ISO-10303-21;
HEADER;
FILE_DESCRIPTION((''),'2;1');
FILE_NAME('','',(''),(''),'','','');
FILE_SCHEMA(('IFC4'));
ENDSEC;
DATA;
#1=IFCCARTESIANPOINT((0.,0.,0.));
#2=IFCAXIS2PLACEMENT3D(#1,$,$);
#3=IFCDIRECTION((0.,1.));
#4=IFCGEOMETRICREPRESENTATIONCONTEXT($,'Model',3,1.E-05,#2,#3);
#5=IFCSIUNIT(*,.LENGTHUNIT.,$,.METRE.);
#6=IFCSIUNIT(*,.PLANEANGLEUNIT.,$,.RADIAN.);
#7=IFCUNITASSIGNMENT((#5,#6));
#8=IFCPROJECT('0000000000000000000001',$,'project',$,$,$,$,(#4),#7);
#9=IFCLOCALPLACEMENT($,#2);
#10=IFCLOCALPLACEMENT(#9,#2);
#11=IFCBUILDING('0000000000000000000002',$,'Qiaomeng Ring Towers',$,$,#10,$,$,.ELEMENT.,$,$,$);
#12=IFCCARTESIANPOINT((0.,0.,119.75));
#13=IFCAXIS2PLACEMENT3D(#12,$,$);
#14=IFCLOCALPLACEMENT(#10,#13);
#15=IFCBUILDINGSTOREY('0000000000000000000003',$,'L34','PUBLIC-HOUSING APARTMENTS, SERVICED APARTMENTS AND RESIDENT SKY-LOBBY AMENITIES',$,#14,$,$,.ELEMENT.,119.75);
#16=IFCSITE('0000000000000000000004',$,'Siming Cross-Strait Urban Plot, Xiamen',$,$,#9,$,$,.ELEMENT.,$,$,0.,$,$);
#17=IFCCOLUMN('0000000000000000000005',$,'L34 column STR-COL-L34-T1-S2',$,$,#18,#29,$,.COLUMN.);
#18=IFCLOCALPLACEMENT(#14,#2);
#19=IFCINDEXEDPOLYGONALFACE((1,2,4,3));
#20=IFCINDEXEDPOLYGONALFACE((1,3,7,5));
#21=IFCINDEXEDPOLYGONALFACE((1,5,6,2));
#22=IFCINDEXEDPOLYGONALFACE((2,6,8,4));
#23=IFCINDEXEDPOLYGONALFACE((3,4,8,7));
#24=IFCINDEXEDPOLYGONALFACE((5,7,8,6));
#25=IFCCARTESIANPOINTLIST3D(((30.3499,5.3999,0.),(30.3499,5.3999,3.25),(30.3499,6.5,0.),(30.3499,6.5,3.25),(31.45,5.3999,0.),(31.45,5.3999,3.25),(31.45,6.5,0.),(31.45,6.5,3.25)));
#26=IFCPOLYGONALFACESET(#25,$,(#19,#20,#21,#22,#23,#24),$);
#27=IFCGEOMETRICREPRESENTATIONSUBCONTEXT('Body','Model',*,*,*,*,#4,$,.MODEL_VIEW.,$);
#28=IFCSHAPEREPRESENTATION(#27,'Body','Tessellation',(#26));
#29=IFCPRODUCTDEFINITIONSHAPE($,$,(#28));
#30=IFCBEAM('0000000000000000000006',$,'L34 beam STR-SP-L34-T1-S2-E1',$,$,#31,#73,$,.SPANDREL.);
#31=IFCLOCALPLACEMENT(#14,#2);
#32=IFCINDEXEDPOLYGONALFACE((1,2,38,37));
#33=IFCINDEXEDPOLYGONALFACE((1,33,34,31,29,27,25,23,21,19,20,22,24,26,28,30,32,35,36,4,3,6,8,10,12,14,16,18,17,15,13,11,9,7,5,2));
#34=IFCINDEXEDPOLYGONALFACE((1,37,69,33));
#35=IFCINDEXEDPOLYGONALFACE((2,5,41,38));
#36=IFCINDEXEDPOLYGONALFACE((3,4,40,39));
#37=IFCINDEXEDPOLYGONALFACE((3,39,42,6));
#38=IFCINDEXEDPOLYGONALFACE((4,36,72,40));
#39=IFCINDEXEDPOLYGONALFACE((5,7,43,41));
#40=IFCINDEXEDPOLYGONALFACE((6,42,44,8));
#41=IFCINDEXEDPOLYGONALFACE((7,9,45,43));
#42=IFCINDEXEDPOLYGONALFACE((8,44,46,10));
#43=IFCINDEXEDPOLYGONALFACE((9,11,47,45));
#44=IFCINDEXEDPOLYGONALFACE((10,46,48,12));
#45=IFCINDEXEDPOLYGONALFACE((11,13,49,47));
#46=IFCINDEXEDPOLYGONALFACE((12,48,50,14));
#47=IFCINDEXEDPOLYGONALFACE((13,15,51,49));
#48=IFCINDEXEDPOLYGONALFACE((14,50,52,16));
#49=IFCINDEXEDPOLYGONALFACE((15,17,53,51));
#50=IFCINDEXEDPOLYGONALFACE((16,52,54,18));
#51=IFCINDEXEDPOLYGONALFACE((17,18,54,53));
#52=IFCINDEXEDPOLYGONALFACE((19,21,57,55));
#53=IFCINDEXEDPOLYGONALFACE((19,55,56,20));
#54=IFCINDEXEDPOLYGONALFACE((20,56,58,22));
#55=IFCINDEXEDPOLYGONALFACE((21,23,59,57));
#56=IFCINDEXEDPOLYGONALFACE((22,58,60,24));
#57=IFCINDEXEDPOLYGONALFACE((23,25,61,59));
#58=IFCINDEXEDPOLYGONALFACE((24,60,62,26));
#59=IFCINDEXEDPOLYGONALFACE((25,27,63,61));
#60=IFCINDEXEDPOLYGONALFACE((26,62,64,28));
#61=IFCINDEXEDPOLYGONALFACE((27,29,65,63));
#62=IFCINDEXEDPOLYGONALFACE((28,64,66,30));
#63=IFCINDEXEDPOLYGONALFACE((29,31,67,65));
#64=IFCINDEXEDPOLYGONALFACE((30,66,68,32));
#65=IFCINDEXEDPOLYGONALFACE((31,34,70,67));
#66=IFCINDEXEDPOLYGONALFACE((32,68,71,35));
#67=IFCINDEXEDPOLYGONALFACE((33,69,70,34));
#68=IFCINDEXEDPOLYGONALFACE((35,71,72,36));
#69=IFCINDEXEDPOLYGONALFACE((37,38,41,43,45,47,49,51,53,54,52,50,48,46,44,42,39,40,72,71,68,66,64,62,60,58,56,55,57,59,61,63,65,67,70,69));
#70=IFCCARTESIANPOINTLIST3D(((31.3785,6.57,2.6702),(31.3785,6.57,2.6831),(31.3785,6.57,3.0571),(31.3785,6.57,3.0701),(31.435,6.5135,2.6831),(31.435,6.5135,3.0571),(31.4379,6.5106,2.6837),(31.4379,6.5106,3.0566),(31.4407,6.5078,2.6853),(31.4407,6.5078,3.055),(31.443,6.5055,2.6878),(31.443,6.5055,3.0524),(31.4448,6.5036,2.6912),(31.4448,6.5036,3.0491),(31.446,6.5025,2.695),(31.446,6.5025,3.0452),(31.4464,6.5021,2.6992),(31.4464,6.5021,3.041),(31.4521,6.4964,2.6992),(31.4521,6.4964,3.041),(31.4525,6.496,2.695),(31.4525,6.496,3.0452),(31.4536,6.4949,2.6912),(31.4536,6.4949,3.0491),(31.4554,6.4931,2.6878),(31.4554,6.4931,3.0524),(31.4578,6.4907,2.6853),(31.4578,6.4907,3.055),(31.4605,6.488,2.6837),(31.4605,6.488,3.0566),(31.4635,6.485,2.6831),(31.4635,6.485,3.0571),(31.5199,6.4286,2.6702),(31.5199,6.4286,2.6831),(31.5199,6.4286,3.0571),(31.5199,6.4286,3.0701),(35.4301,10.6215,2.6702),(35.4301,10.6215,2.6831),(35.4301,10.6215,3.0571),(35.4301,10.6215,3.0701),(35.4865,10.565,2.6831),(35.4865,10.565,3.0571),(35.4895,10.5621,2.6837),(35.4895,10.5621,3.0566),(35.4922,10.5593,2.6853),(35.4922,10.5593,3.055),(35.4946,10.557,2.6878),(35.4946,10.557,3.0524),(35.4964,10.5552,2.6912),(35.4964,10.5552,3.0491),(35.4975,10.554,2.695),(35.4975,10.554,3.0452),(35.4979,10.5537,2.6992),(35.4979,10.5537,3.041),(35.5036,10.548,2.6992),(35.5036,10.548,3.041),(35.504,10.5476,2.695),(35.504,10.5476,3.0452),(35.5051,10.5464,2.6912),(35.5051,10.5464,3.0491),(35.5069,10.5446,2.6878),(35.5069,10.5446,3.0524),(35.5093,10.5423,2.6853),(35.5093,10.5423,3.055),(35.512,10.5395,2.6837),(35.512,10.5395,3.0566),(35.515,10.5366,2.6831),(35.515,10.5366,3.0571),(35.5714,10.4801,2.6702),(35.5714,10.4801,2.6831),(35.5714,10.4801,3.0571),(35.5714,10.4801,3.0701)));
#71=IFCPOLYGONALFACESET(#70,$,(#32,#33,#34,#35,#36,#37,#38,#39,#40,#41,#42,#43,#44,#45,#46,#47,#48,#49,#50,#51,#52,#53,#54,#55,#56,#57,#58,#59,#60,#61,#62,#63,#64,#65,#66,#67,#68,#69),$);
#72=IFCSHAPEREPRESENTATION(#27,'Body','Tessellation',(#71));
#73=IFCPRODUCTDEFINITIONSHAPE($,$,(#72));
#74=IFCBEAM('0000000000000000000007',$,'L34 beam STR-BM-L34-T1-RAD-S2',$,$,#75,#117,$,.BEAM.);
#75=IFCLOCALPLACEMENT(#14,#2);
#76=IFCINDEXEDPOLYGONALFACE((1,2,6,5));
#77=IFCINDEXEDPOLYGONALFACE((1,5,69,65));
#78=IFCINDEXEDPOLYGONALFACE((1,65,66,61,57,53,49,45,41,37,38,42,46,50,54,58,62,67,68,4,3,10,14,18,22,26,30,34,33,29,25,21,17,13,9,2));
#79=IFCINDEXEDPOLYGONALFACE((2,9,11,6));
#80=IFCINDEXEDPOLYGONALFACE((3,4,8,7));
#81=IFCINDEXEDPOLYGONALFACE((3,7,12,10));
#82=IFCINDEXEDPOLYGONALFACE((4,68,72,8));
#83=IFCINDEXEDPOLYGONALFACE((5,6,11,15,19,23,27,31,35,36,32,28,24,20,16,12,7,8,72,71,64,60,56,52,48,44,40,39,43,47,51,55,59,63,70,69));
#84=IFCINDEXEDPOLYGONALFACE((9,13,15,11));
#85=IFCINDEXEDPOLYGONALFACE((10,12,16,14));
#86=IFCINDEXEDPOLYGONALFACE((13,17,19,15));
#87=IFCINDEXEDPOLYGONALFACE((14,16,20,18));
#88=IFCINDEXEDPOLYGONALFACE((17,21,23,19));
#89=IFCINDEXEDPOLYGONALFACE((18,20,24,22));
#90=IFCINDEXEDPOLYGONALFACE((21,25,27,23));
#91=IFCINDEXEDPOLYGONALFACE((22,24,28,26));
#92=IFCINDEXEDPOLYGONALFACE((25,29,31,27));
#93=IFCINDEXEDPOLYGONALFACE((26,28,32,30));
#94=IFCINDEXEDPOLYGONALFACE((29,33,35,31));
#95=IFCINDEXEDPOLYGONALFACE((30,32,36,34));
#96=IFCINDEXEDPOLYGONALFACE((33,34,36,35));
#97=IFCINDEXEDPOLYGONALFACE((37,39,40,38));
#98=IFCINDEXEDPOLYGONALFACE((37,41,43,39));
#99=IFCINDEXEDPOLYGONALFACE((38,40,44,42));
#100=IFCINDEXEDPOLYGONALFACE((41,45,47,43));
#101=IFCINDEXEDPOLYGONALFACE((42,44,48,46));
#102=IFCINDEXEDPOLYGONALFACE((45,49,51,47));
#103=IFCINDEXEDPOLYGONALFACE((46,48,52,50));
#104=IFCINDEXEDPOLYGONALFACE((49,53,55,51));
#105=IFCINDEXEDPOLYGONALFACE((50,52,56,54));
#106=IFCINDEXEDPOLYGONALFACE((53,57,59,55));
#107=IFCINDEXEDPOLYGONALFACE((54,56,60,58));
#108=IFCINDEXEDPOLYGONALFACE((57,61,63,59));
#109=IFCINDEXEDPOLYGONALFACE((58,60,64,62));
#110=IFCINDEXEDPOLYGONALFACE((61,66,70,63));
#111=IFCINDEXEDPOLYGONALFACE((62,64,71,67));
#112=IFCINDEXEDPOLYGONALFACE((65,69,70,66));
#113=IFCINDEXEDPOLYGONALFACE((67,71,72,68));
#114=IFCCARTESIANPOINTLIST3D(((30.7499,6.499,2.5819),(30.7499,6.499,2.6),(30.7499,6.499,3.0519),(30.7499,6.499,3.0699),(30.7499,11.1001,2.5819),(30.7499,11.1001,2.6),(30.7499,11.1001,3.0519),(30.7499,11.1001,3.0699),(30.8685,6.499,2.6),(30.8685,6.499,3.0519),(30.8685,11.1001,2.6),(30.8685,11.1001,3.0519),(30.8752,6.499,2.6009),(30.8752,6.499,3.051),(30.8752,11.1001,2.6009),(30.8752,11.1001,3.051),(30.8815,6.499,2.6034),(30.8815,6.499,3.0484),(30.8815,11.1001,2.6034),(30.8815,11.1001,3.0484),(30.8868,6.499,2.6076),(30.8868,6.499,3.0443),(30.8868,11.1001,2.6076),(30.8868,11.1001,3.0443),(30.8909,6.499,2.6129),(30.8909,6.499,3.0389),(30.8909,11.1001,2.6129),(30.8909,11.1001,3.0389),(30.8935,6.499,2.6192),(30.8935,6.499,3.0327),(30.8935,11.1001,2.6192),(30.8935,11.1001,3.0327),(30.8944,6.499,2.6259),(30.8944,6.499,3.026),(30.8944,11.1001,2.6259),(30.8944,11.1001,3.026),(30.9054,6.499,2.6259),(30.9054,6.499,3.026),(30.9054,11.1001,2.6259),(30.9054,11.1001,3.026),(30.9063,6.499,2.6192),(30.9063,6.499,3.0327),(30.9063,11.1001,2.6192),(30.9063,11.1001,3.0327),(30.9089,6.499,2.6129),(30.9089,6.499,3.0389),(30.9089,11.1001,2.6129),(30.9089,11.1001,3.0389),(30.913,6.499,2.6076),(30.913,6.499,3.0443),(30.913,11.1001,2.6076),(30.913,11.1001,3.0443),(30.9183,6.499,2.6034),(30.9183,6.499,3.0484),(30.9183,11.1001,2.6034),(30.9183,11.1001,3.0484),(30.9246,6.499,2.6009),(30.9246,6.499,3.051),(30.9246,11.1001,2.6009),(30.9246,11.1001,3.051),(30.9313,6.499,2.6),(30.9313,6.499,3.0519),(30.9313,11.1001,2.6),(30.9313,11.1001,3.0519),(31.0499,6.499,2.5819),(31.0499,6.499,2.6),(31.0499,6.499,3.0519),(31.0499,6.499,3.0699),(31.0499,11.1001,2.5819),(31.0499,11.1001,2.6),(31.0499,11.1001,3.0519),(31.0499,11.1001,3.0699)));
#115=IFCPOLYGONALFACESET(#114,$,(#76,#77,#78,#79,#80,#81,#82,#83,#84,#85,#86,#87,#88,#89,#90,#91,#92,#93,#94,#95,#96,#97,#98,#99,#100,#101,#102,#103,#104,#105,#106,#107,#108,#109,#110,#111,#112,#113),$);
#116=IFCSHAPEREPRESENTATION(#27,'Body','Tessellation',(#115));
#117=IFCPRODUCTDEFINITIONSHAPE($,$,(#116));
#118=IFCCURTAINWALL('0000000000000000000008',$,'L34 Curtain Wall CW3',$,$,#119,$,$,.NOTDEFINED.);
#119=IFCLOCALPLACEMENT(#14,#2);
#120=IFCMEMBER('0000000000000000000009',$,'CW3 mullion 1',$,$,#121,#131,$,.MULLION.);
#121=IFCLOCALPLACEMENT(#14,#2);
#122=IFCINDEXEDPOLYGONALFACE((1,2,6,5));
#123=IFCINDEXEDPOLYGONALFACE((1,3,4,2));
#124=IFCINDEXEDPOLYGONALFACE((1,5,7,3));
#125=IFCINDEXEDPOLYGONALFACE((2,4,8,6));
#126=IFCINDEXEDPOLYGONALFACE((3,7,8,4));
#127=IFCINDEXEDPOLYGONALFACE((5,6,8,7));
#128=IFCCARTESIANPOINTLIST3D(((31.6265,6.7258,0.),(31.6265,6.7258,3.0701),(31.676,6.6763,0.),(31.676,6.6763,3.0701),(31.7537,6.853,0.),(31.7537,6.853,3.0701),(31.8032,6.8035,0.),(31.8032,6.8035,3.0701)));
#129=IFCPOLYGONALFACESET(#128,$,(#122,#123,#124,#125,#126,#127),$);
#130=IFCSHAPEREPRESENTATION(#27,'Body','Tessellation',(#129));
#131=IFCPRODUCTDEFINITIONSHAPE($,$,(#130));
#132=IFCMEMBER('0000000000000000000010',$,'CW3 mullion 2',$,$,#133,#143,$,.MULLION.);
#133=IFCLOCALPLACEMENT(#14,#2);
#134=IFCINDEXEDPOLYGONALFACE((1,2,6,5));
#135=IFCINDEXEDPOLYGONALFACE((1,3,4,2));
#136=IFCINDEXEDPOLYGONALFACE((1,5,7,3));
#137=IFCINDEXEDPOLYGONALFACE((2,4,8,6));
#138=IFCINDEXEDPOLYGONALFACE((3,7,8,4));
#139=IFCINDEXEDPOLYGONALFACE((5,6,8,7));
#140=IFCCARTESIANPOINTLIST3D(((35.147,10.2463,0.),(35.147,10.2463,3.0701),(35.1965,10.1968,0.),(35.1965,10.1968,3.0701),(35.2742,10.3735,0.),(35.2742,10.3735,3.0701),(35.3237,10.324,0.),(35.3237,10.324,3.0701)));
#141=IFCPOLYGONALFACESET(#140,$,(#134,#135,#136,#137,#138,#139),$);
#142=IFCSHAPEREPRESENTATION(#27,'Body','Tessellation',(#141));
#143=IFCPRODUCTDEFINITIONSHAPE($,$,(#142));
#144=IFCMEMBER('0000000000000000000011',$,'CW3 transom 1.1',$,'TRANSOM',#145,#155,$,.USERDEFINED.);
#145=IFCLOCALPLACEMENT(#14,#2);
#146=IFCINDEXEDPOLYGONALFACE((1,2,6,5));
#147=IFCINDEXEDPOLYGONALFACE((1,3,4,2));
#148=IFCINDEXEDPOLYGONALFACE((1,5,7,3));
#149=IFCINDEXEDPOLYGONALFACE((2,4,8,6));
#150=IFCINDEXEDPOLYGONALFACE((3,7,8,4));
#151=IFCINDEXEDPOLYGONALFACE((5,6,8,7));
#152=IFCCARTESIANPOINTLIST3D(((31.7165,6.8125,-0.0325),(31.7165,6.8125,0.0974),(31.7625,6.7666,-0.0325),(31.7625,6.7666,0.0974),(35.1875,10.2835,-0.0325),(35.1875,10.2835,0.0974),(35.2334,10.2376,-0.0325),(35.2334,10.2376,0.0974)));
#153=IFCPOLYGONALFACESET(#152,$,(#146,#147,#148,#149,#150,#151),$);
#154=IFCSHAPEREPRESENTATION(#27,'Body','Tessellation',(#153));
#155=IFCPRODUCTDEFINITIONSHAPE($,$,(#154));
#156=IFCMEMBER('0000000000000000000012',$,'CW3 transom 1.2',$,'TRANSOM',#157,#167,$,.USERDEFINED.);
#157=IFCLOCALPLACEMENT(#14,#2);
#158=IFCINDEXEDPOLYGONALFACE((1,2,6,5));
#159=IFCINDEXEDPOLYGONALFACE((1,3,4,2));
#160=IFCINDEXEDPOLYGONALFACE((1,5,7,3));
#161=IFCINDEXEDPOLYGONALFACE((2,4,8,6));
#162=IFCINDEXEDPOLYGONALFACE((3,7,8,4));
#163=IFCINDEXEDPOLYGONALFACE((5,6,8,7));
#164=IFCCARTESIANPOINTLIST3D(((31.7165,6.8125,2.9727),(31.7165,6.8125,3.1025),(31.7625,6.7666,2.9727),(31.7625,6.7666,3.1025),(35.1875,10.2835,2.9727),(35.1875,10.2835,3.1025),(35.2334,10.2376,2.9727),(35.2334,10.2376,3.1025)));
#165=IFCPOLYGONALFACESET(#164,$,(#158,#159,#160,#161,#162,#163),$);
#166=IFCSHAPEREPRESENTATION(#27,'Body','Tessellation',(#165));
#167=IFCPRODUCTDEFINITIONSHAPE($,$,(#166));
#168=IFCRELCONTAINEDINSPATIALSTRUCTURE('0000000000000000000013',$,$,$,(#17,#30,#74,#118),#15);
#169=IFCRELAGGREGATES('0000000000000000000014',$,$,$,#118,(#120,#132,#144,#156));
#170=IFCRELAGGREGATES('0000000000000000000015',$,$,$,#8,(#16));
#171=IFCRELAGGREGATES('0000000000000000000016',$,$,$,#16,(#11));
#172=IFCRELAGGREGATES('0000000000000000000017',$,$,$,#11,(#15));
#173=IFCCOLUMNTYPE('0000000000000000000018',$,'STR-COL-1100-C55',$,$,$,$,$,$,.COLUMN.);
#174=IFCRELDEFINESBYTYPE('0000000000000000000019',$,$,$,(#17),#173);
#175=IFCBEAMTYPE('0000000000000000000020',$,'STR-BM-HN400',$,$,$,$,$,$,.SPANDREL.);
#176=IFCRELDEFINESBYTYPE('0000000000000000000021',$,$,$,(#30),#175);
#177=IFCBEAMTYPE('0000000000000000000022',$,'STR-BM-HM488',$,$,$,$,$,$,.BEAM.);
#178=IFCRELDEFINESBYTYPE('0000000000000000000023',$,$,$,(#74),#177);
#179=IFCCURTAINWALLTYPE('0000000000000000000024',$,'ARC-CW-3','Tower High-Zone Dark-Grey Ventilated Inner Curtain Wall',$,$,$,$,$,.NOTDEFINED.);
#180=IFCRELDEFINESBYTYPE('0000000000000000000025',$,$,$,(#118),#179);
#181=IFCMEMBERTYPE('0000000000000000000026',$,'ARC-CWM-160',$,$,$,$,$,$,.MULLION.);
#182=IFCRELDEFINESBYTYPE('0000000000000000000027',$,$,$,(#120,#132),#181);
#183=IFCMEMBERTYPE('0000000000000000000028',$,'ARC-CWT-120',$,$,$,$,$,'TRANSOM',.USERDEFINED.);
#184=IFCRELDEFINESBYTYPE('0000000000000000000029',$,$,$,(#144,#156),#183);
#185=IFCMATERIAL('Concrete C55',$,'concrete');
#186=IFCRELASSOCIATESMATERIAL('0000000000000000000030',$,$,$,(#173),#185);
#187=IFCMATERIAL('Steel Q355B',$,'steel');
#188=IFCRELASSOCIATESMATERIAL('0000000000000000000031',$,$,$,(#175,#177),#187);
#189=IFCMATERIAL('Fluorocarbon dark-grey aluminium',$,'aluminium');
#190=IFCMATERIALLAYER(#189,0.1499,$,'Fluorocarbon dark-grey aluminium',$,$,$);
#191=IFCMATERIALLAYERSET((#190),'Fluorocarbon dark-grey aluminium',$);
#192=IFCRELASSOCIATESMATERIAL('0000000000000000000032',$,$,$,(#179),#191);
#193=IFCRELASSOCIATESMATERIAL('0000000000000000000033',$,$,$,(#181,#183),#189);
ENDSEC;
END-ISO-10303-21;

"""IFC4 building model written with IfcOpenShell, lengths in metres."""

from ifc_helpers import new_model, si_unit, direction, frame, origin, origin_2d, place, context, subcontext, project, spatial, rectangle, i_section, extrude, source, transform, mapped, material, layer, layer_set, material_profile, profile_set, type_object, element, aggregate, save


model = new_model("IFC4")

# Units and contexts
model_context = context("Model", 3, precision=1e-05, world=origin(), true_north=direction((0.0, 1.0)))
body_context = subcontext(model_context, "Body", "Model", "MODEL_VIEW")
ifc_project = project(units=[si_unit("LENGTHUNIT", "METRE"), si_unit("PLANEANGLEUNIT", "RADIAN")], contexts=[model_context])

# Site, building, storey
site_placement = place(None, origin())
site = spatial("IfcSite", under=ifc_project, at=site_placement, Name="Siming Cross-Strait Urban Plot, Xiamen", CompositionType="ELEMENT", RefElevation=0.0)
building_placement = place(site_placement, origin())
building = spatial("IfcBuilding", under=site, at=building_placement, Name="Qiaomeng Ring Towers", CompositionType="ELEMENT")
storey_placement = place(building_placement, frame((0.0, 0.0, 119.75)))
storey = spatial("IfcBuildingStorey", under=building, at=storey_placement, Name="L34", Description="PUBLIC-HOUSING APARTMENTS, SERVICED APARTMENTS AND RESIDENT SKY-LOBBY AMENITIES", CompositionType="ELEMENT", Elevation=119.75)

# Column
ifc_material_1 = material(Name="Concrete C55", Category="concrete")
ifc_material_profile_1 = material_profile(ifc_material_1, rectangle(XDim=1.1001, YDim=1.1001, at=origin_2d()), Name="RC COL 1100x1100")
ifc_profile_set_1 = profile_set([ifc_material_profile_1], Name="Concrete C55")
column_type = type_object("IfcColumnType", Name="STR-COL-1100-C55", PredefinedType="COLUMN", material=ifc_profile_set_1)
shared_shape_1 = source(origin(), body_context, "Body", "SweptSolid", [
    extrude(rectangle(XDim=1.1001, YDim=1.1001, at=origin_2d()), origin(), (0.0, 0.0, 1.0), 3.25),
])
column_placement = place(storey_placement, frame((30.8999, 5.95, 0.0), z_axis=(0.0, 0.0, 1.0), x_axis=(1.0, 0.0, 0.0)))
element("IfcColumn", 1, at=column_placement, inside=storey, type_object=column_type, Name="L34 column STR-COL-L34-T1-S2", PredefinedType="COLUMN", context=body_context, shape_type="MappedRepresentation", body=[
    mapped(shared_shape_1, transform((0.0, 0.0, 0.0), x_axis=(1.0, 0.0, 0.0), y_axis=(0.0, 1.0, 0.0), z_axis=(0.0, 0.0, 1.0), scale=1.0)),
])

# Beams
ifc_material_2 = material(Name="Steel Q355B", Category="steel")
ifc_material_profile_2 = material_profile(ifc_material_2, i_section(OverallWidth=0.2, OverallDepth=0.3999, WebThickness=0.0081, FlangeThickness=0.0129, FilletRadius=0.0161, at=origin_2d()), Name="HN 400x200x8x13")
ifc_profile_set_2 = profile_set([ifc_material_profile_2], Name="Steel Q355B")
beam_type_1 = type_object("IfcBeamType", Name="STR-BM-HN400", PredefinedType="SPANDREL", material=ifc_profile_set_2)
shared_shape_2 = source(origin(), body_context, "Body", "SweptSolid", [
    extrude(i_section(OverallWidth=0.2, OverallDepth=0.3999, WebThickness=0.0081, FlangeThickness=0.0129, FilletRadius=0.0161, at=origin_2d()), origin(), (0.0, 0.0, 1.0), 5.7297),
])
beam_1_placement = place(storey_placement, frame((31.4492, 6.4993, 2.8701), z_axis=(0.707107, 0.707107, 0.0), x_axis=(-0.707107, 0.707107, 0.0)))
element("IfcBeam", 2, at=beam_1_placement, inside=storey, type_object=beam_type_1, Name="L34 beam STR-SP-L34-T1-S2-E1", PredefinedType="SPANDREL", context=body_context, shape_type="MappedRepresentation", body=[
    mapped(shared_shape_2, transform((0.0, 0.0, 0.0), x_axis=(1.0, 0.0, 0.0), y_axis=(0.0, 1.0, 0.0), z_axis=(0.0, 0.0, 1.0), scale=1.0)),
])
ifc_material_profile_3 = material_profile(ifc_material_2, i_section(OverallWidth=0.3, OverallDepth=0.488, WebThickness=0.011, FlangeThickness=0.0181, FilletRadius=0.0259, at=origin_2d()), Name="HM 488x300x11x18")
ifc_profile_set_3 = profile_set([ifc_material_profile_3], Name="Steel Q355B")
beam_type_2 = type_object("IfcBeamType", Name="STR-BM-HM488", PredefinedType="BEAM", material=ifc_profile_set_3)
shared_shape_3 = source(origin(), body_context, "Body", "SweptSolid", [
    extrude(i_section(OverallWidth=0.3, OverallDepth=0.488, WebThickness=0.011, FlangeThickness=0.0181, FilletRadius=0.0259, at=origin_2d()), origin(), (0.0, 0.0, 1.0), 4.6011),
])
beam_2_placement = place(storey_placement, frame((30.8999, 6.499, 2.8259), z_axis=(0.0, 1.0, 0.0), x_axis=(-1.0, 0.0, 0.0)))
element("IfcBeam", 3, at=beam_2_placement, inside=storey, type_object=beam_type_2, Name="L34 beam STR-BM-L34-T1-RAD-S2", PredefinedType="BEAM", context=body_context, shape_type="MappedRepresentation", body=[
    mapped(shared_shape_3, transform((0.0, 0.0, 0.0), x_axis=(1.0, 0.0, 0.0), y_axis=(0.0, 1.0, 0.0), z_axis=(0.0, 0.0, 1.0), scale=1.0)),
])

# Curtain wall, members
ifc_material_3 = material(Name="Fluorocarbon dark-grey aluminium", Category="aluminium")
ifc_layer_1 = layer(ifc_material_3, 0.1499, Name="Fluorocarbon dark-grey aluminium")
ifc_layer_set_1 = layer_set([ifc_layer_1], Name="Fluorocarbon dark-grey aluminium")
curtain_wall_type = type_object("IfcCurtainWallType", Name="ARC-CW-3", Description="Tower High-Zone Dark-Grey Ventilated Inner Curtain Wall", PredefinedType="NOTDEFINED", material=ifc_layer_set_1)
curtain_wall_placement = place(storey_placement, origin())
curtain_wall = element("IfcCurtainWall", 4, at=curtain_wall_placement, inside=storey, type_object=curtain_wall_type, Name="L34 Curtain Wall CW3", PredefinedType="NOTDEFINED")
ifc_material_profile_4 = material_profile(ifc_material_3, rectangle(XDim=0.0701, YDim=0.1799, at=origin_2d()), Name="ALU MULL 70x180")
ifc_profile_set_4 = profile_set([ifc_material_profile_4], Name="Fluorocarbon dark-grey aluminium")
member_type_1 = type_object("IfcMemberType", Name="ARC-CWM-160", PredefinedType="MULLION", material=ifc_profile_set_4)
shared_shape_4 = source(origin(), body_context, "Body", "SweptSolid", [
    extrude(rectangle(XDim=0.0701, YDim=0.1799, at=origin_2d()), origin(), (0.0, 0.0, 1.0), 3.0701),
])
member_1_placement = place(storey_placement, frame((31.7148, 6.7646, 0.0), z_axis=(0.0, 0.0, 1.0), x_axis=(-0.707107, 0.707107, 0.0)))
member_1 = element("IfcMember", 5, at=member_1_placement, type_object=member_type_1, Name="CW3 mullion 1", PredefinedType="MULLION", context=body_context, shape_type="MappedRepresentation", body=[
    mapped(shared_shape_4, transform((0.0, 0.0, 0.0), x_axis=(1.0, 0.0, 0.0), y_axis=(0.0, 1.0, 0.0), z_axis=(0.0, 0.0, 1.0), scale=1.0)),
])
member_2_placement = place(storey_placement, frame((35.2354, 10.2852, 0.0), z_axis=(0.0, 0.0, 1.0), x_axis=(-0.707107, 0.707107, 0.0)))
member_2 = element("IfcMember", 6, at=member_2_placement, type_object=member_type_1, Name="CW3 mullion 2", PredefinedType="MULLION", context=body_context, shape_type="MappedRepresentation", body=[
    mapped(shared_shape_4, transform((0.0, 0.0, 0.0), x_axis=(1.0, 0.0, 0.0), y_axis=(0.0, 1.0, 0.0), z_axis=(0.0, 0.0, 1.0), scale=1.0)),
])
ifc_material_profile_5 = material_profile(ifc_material_3, rectangle(XDim=0.0649, YDim=0.1299, at=origin_2d()), Name="ALU TRAN 65x130")
ifc_profile_set_5 = profile_set([ifc_material_profile_5], Name="Fluorocarbon dark-grey aluminium")
member_type_2 = type_object("IfcMemberType", Name="ARC-CWT-120", ElementType="TRANSOM", PredefinedType="USERDEFINED", material=ifc_profile_set_5)
shared_shape_5 = source(origin(), body_context, "Body", "SweptSolid", [
    extrude(rectangle(XDim=0.0649, YDim=0.1299, at=origin_2d()), origin(), (0.0, 0.0, 1.0), 4.9087),
])
member_3_placement = place(storey_placement, frame((31.7395, 6.7896, 0.0325), z_axis=(0.707107, 0.707107, 0.0), x_axis=(-0.707107, 0.707107, 0.0)))
member_3 = element("IfcMember", 7, at=member_3_placement, type_object=member_type_2, Name="CW3 transom 1.1", ObjectType="TRANSOM", PredefinedType="USERDEFINED", context=body_context, shape_type="MappedRepresentation", body=[
    mapped(shared_shape_5, transform((0.0, 0.0, 0.0), x_axis=(1.0, 0.0, 0.0), y_axis=(0.0, 1.0, 0.0), z_axis=(0.0, 0.0, 1.0), scale=1.0)),
])
member_4_placement = place(storey_placement, frame((31.7395, 6.7896, 3.0376), z_axis=(0.707107, 0.707107, 0.0), x_axis=(-0.707107, 0.707107, 0.0)))
member_4 = element("IfcMember", 8, at=member_4_placement, type_object=member_type_2, Name="CW3 transom 1.2", ObjectType="TRANSOM", PredefinedType="USERDEFINED", context=body_context, shape_type="MappedRepresentation", body=[
    mapped(shared_shape_5, transform((0.0, 0.0, 0.0), x_axis=(1.0, 0.0, 0.0), y_axis=(0.0, 1.0, 0.0), z_axis=(0.0, 0.0, 1.0), scale=1.0)),
])
aggregate(curtain_wall, [member_1, member_2, member_3, member_4])

save(model, "model.ifc")
